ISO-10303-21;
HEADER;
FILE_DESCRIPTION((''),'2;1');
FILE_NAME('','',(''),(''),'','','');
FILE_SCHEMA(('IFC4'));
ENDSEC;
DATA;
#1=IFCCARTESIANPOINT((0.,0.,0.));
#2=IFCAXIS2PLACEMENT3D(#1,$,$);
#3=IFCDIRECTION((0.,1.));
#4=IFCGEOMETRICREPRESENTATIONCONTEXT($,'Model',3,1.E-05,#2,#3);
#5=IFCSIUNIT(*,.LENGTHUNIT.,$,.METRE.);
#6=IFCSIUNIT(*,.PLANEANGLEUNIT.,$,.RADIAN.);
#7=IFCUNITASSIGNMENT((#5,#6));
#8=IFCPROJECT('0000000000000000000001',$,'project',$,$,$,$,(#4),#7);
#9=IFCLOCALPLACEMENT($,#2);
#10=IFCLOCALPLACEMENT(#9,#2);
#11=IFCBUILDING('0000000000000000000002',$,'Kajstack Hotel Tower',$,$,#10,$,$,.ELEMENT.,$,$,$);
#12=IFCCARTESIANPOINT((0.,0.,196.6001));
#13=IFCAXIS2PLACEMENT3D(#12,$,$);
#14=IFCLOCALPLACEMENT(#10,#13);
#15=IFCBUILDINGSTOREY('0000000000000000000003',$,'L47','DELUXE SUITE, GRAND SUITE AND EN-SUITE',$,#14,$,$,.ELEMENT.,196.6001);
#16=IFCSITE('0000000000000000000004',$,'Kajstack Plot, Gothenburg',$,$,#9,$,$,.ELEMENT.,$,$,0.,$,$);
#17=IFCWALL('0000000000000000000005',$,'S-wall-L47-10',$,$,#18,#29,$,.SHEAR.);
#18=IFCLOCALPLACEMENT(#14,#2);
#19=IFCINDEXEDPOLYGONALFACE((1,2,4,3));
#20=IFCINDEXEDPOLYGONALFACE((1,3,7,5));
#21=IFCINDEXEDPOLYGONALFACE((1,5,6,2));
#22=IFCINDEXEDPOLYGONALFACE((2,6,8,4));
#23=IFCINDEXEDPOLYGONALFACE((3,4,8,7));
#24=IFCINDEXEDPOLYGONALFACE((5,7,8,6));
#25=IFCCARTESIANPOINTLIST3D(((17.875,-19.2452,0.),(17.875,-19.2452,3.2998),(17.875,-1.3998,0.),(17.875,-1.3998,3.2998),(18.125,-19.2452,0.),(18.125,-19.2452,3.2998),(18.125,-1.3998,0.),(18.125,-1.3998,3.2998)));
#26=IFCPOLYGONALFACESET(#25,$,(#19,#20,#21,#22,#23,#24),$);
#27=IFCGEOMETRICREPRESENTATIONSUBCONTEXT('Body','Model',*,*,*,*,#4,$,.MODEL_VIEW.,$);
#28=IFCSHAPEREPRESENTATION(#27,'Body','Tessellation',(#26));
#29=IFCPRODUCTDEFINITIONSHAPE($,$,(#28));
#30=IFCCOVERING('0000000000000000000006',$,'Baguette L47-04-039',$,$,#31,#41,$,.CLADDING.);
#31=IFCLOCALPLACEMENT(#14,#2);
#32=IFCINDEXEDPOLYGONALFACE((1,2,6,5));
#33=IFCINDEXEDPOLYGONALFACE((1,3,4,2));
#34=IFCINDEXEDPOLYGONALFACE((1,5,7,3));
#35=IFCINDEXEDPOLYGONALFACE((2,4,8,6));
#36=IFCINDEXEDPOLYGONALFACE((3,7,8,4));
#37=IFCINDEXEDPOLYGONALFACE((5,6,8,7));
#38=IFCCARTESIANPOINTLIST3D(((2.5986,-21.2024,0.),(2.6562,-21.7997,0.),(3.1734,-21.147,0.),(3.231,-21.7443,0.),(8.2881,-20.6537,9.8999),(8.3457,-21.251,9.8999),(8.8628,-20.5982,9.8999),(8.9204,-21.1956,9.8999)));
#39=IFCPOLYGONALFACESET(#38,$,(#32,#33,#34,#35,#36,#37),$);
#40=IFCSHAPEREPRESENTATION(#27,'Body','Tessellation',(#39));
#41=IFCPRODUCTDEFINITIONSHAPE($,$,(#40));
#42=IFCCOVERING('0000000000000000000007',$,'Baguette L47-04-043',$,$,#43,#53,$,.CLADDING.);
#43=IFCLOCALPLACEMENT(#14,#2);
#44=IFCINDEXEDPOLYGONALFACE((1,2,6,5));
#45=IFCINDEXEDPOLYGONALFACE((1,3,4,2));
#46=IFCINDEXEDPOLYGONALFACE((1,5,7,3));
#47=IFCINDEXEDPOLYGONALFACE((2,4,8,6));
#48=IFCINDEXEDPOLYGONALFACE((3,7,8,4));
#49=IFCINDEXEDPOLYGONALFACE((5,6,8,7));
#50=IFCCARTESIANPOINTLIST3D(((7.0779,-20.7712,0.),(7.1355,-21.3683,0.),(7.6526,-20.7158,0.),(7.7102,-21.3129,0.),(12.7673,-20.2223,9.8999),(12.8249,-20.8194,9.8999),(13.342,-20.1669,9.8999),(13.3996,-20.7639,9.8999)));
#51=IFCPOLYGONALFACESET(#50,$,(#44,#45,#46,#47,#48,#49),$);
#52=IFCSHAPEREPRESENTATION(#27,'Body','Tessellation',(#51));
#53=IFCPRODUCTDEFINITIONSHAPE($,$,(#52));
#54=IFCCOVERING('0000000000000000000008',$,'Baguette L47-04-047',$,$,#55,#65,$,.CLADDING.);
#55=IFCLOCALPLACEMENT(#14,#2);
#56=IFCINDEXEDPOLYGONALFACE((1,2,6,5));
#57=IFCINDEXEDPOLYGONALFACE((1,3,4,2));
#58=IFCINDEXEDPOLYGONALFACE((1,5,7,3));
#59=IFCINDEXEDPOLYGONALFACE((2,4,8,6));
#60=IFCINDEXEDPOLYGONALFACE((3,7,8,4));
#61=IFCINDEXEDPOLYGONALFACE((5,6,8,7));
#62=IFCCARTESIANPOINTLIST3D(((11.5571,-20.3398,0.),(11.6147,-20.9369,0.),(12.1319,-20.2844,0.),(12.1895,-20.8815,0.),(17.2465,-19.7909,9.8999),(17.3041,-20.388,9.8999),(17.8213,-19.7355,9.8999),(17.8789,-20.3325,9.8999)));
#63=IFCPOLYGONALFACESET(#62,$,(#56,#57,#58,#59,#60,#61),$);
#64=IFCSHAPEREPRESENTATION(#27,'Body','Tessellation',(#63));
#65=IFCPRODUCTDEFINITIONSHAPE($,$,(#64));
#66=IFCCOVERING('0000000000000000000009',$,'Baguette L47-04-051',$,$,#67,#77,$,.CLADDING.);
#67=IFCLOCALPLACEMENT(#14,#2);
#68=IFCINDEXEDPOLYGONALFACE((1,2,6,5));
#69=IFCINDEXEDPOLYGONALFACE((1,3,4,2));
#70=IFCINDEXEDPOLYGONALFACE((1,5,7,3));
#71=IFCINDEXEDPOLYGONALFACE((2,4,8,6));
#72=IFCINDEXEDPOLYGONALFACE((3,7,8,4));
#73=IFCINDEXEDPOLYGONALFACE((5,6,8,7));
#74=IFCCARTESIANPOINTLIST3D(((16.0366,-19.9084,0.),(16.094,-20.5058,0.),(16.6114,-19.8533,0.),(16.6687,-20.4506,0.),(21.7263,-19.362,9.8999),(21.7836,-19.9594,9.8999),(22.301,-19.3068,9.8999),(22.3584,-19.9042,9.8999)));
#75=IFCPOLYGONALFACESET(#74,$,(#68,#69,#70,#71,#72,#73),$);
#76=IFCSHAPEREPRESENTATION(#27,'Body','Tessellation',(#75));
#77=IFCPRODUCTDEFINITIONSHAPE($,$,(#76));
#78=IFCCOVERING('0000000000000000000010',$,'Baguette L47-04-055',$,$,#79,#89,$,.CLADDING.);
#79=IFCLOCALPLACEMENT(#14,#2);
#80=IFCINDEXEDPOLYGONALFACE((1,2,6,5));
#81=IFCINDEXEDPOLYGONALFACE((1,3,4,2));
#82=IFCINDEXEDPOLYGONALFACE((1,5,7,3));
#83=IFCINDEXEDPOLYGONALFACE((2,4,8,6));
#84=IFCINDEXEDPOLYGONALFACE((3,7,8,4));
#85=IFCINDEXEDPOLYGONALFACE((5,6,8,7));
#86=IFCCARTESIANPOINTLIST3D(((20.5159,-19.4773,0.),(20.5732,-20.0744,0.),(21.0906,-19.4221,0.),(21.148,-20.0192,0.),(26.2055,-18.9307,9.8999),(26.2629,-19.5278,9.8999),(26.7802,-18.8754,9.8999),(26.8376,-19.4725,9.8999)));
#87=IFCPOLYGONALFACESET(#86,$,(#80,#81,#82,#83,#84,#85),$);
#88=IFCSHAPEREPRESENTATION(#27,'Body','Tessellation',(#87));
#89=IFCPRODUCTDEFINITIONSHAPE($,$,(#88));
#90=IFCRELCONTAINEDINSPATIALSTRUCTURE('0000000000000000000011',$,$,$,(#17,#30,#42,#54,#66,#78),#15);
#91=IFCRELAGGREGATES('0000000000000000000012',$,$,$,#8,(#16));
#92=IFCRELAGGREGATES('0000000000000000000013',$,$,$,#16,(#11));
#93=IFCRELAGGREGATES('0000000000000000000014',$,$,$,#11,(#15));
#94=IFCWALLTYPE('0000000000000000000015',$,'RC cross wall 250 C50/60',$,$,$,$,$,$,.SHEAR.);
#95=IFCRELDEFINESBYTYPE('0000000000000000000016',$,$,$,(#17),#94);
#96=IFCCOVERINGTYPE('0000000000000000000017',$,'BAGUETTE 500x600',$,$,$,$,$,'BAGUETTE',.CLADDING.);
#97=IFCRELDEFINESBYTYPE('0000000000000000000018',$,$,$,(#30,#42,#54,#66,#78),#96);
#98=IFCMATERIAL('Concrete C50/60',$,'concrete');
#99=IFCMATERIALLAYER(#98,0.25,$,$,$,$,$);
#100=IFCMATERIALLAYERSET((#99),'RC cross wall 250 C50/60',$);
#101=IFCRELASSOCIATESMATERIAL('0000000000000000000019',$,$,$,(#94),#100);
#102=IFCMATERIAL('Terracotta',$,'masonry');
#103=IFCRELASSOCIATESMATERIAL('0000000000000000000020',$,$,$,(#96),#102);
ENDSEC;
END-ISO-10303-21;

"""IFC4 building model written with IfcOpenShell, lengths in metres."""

from ifc_helpers import new_model, si_unit, direction, frame, frame_2d, origin, origin_2d, place, context, subcontext, project, spatial, polyline, rectangle, outline, extrude, material, layer, layer_set, material_profile, profile_set, type_object, element, save


model = new_model("IFC4")

# Units and contexts
model_context = context("Model", 3, precision=1e-05, world=origin(), true_north=direction((0.0, 1.0)))
body_context = subcontext(model_context, "Body", "Model", "MODEL_VIEW")
ifc_project = project(units=[si_unit("LENGTHUNIT", "METRE"), si_unit("PLANEANGLEUNIT", "RADIAN")], contexts=[model_context])

# Site, building, storey
site_placement = place(None, origin())
site = spatial("IfcSite", under=ifc_project, at=site_placement, Name="Kajstack Plot, Gothenburg", CompositionType="ELEMENT", RefElevation=0.0)
building_placement = place(site_placement, origin())
building = spatial("IfcBuilding", under=site, at=building_placement, Name="Kajstack Hotel Tower", CompositionType="ELEMENT")
storey_placement = place(building_placement, frame((0.0, 0.0, 196.6001)))
storey = spatial("IfcBuildingStorey", under=building, at=storey_placement, Name="L47", Description="DELUXE SUITE, GRAND SUITE AND EN-SUITE", CompositionType="ELEMENT", Elevation=196.6001)

# Wall
ifc_material_1 = material(Name="Concrete C50/60", Category="concrete")
ifc_layer_1 = layer(ifc_material_1, 0.25)
ifc_layer_set_1 = layer_set([ifc_layer_1], Name="RC cross wall 250 C50/60")
wall_type_1 = type_object("IfcWallType", Name="RC cross wall 250 C50/60", PredefinedType="SHEAR", material=ifc_layer_set_1)
wall_1_placement = place(storey_placement, frame((18.0, -19.2454, 0.0), z_axis=(0.0, 0.0, 1.0), x_axis=(0.0, 1.0, 0.0)))
element("IfcWall", 1, at=wall_1_placement, inside=storey, type_object=wall_type_1, Name="S-wall-L47-10", PredefinedType="SHEAR", context=body_context, shape_type="SweptSolid", body=[
    extrude(rectangle(XDim=17.8455, YDim=0.25, at=frame_2d((8.9229, 0.0))), origin(), (0.0, 0.0, 1.0), 3.2998),
])

# Coverings
ifc_material_2 = material(Name="Terracotta", Category="masonry")
ifc_material_profile = material_profile(ifc_material_2, rectangle(XDim=0.6001, YDim=0.5, at=origin_2d()), Name="Terracotta-clad concrete baguette 500 x 600")
ifc_profile_set = profile_set([ifc_material_profile], Name="Terracotta")
covering_type = type_object("IfcCoveringType", Name="BAGUETTE 500x600", ElementType="BAGUETTE", PredefinedType="CLADDING", material=ifc_profile_set)
covering_1_placement = place(storey_placement, frame((2.5986, -21.2024, 0.0), z_axis=(0.095999, -0.995381, 0.0), x_axis=(0.995381, 0.095999, 0.0)))
element("IfcCovering", 2, at=covering_1_placement, inside=storey, type_object=covering_type, Name="Baguette L47-04-039", PredefinedType="CLADDING", context=body_context, shape_type="SweptSolid", body=[
    extrude(outline(polyline([(5.7158, 9.8999), (0.0, 0.0), (0.5774, 0.0), (6.2932, 9.8999), (5.7158, 9.8999)])), origin(), (0.0, 0.0, 1.0), 0.6001),
])
for number, where, z_axis, x_axis, name in (
    (3, (7.0779, -20.7712, 0.0), (0.096038, -0.995378, 0.0), (0.995378, 0.096038, 0.0), "Baguette L47-04-043"),
    (4, (11.5571, -20.3398, 0.0), (0.096038, -0.995378, 0.0), (0.995378, 0.096038, 0.0), "Baguette L47-04-047"),
):
    element("IfcCovering", number, at=place(storey_placement, frame(where, z_axis=z_axis, x_axis=x_axis)), inside=storey, type_object=covering_type, Name=name, PredefinedType="CLADDING", context=body_context, shape_type="SweptSolid", body=[
        extrude(outline(polyline([(5.7158, 9.8999), (0.0, 0.0), (0.5774, 0.0), (6.2932, 9.8999), (5.7158, 9.8999)])), origin(), (0.0, 0.0, 1.0), 0.5999),
    ])
covering_2_placement = place(storey_placement, frame((16.0366, -19.9084, 0.0), z_axis=(0.095596, -0.99542, 0.0), x_axis=(0.99542, 0.095596, 0.0)))
element("IfcCovering", 5, at=covering_2_placement, inside=storey, type_object=covering_type, Name="Baguette L47-04-051", PredefinedType="CLADDING", context=body_context, shape_type="SweptSolid", body=[
    extrude(outline(polyline([(5.7158, 9.8999), (0.0, 0.0), (0.5774, 0.0), (6.2932, 9.8999), (5.7158, 9.8999)])), origin(), (0.0, 0.0, 1.0), 0.6001),
])
covering_3_placement = place(storey_placement, frame((20.5159, -19.4773, 0.0), z_axis=(0.095635, -0.995416, 0.0), x_axis=(0.995416, 0.095635, 0.0)))
element("IfcCovering", 6, at=covering_3_placement, inside=storey, type_object=covering_type, Name="Baguette L47-04-055", PredefinedType="CLADDING", context=body_context, shape_type="SweptSolid", body=[
    extrude(outline(polyline([(5.7158, 9.8999), (0.0, 0.0), (0.5774, 0.0), (6.2932, 9.8999), (5.7158, 9.8999)])), origin(), (0.0, 0.0, 1.0), 0.5999),
])

save(model, "model.ifc")
